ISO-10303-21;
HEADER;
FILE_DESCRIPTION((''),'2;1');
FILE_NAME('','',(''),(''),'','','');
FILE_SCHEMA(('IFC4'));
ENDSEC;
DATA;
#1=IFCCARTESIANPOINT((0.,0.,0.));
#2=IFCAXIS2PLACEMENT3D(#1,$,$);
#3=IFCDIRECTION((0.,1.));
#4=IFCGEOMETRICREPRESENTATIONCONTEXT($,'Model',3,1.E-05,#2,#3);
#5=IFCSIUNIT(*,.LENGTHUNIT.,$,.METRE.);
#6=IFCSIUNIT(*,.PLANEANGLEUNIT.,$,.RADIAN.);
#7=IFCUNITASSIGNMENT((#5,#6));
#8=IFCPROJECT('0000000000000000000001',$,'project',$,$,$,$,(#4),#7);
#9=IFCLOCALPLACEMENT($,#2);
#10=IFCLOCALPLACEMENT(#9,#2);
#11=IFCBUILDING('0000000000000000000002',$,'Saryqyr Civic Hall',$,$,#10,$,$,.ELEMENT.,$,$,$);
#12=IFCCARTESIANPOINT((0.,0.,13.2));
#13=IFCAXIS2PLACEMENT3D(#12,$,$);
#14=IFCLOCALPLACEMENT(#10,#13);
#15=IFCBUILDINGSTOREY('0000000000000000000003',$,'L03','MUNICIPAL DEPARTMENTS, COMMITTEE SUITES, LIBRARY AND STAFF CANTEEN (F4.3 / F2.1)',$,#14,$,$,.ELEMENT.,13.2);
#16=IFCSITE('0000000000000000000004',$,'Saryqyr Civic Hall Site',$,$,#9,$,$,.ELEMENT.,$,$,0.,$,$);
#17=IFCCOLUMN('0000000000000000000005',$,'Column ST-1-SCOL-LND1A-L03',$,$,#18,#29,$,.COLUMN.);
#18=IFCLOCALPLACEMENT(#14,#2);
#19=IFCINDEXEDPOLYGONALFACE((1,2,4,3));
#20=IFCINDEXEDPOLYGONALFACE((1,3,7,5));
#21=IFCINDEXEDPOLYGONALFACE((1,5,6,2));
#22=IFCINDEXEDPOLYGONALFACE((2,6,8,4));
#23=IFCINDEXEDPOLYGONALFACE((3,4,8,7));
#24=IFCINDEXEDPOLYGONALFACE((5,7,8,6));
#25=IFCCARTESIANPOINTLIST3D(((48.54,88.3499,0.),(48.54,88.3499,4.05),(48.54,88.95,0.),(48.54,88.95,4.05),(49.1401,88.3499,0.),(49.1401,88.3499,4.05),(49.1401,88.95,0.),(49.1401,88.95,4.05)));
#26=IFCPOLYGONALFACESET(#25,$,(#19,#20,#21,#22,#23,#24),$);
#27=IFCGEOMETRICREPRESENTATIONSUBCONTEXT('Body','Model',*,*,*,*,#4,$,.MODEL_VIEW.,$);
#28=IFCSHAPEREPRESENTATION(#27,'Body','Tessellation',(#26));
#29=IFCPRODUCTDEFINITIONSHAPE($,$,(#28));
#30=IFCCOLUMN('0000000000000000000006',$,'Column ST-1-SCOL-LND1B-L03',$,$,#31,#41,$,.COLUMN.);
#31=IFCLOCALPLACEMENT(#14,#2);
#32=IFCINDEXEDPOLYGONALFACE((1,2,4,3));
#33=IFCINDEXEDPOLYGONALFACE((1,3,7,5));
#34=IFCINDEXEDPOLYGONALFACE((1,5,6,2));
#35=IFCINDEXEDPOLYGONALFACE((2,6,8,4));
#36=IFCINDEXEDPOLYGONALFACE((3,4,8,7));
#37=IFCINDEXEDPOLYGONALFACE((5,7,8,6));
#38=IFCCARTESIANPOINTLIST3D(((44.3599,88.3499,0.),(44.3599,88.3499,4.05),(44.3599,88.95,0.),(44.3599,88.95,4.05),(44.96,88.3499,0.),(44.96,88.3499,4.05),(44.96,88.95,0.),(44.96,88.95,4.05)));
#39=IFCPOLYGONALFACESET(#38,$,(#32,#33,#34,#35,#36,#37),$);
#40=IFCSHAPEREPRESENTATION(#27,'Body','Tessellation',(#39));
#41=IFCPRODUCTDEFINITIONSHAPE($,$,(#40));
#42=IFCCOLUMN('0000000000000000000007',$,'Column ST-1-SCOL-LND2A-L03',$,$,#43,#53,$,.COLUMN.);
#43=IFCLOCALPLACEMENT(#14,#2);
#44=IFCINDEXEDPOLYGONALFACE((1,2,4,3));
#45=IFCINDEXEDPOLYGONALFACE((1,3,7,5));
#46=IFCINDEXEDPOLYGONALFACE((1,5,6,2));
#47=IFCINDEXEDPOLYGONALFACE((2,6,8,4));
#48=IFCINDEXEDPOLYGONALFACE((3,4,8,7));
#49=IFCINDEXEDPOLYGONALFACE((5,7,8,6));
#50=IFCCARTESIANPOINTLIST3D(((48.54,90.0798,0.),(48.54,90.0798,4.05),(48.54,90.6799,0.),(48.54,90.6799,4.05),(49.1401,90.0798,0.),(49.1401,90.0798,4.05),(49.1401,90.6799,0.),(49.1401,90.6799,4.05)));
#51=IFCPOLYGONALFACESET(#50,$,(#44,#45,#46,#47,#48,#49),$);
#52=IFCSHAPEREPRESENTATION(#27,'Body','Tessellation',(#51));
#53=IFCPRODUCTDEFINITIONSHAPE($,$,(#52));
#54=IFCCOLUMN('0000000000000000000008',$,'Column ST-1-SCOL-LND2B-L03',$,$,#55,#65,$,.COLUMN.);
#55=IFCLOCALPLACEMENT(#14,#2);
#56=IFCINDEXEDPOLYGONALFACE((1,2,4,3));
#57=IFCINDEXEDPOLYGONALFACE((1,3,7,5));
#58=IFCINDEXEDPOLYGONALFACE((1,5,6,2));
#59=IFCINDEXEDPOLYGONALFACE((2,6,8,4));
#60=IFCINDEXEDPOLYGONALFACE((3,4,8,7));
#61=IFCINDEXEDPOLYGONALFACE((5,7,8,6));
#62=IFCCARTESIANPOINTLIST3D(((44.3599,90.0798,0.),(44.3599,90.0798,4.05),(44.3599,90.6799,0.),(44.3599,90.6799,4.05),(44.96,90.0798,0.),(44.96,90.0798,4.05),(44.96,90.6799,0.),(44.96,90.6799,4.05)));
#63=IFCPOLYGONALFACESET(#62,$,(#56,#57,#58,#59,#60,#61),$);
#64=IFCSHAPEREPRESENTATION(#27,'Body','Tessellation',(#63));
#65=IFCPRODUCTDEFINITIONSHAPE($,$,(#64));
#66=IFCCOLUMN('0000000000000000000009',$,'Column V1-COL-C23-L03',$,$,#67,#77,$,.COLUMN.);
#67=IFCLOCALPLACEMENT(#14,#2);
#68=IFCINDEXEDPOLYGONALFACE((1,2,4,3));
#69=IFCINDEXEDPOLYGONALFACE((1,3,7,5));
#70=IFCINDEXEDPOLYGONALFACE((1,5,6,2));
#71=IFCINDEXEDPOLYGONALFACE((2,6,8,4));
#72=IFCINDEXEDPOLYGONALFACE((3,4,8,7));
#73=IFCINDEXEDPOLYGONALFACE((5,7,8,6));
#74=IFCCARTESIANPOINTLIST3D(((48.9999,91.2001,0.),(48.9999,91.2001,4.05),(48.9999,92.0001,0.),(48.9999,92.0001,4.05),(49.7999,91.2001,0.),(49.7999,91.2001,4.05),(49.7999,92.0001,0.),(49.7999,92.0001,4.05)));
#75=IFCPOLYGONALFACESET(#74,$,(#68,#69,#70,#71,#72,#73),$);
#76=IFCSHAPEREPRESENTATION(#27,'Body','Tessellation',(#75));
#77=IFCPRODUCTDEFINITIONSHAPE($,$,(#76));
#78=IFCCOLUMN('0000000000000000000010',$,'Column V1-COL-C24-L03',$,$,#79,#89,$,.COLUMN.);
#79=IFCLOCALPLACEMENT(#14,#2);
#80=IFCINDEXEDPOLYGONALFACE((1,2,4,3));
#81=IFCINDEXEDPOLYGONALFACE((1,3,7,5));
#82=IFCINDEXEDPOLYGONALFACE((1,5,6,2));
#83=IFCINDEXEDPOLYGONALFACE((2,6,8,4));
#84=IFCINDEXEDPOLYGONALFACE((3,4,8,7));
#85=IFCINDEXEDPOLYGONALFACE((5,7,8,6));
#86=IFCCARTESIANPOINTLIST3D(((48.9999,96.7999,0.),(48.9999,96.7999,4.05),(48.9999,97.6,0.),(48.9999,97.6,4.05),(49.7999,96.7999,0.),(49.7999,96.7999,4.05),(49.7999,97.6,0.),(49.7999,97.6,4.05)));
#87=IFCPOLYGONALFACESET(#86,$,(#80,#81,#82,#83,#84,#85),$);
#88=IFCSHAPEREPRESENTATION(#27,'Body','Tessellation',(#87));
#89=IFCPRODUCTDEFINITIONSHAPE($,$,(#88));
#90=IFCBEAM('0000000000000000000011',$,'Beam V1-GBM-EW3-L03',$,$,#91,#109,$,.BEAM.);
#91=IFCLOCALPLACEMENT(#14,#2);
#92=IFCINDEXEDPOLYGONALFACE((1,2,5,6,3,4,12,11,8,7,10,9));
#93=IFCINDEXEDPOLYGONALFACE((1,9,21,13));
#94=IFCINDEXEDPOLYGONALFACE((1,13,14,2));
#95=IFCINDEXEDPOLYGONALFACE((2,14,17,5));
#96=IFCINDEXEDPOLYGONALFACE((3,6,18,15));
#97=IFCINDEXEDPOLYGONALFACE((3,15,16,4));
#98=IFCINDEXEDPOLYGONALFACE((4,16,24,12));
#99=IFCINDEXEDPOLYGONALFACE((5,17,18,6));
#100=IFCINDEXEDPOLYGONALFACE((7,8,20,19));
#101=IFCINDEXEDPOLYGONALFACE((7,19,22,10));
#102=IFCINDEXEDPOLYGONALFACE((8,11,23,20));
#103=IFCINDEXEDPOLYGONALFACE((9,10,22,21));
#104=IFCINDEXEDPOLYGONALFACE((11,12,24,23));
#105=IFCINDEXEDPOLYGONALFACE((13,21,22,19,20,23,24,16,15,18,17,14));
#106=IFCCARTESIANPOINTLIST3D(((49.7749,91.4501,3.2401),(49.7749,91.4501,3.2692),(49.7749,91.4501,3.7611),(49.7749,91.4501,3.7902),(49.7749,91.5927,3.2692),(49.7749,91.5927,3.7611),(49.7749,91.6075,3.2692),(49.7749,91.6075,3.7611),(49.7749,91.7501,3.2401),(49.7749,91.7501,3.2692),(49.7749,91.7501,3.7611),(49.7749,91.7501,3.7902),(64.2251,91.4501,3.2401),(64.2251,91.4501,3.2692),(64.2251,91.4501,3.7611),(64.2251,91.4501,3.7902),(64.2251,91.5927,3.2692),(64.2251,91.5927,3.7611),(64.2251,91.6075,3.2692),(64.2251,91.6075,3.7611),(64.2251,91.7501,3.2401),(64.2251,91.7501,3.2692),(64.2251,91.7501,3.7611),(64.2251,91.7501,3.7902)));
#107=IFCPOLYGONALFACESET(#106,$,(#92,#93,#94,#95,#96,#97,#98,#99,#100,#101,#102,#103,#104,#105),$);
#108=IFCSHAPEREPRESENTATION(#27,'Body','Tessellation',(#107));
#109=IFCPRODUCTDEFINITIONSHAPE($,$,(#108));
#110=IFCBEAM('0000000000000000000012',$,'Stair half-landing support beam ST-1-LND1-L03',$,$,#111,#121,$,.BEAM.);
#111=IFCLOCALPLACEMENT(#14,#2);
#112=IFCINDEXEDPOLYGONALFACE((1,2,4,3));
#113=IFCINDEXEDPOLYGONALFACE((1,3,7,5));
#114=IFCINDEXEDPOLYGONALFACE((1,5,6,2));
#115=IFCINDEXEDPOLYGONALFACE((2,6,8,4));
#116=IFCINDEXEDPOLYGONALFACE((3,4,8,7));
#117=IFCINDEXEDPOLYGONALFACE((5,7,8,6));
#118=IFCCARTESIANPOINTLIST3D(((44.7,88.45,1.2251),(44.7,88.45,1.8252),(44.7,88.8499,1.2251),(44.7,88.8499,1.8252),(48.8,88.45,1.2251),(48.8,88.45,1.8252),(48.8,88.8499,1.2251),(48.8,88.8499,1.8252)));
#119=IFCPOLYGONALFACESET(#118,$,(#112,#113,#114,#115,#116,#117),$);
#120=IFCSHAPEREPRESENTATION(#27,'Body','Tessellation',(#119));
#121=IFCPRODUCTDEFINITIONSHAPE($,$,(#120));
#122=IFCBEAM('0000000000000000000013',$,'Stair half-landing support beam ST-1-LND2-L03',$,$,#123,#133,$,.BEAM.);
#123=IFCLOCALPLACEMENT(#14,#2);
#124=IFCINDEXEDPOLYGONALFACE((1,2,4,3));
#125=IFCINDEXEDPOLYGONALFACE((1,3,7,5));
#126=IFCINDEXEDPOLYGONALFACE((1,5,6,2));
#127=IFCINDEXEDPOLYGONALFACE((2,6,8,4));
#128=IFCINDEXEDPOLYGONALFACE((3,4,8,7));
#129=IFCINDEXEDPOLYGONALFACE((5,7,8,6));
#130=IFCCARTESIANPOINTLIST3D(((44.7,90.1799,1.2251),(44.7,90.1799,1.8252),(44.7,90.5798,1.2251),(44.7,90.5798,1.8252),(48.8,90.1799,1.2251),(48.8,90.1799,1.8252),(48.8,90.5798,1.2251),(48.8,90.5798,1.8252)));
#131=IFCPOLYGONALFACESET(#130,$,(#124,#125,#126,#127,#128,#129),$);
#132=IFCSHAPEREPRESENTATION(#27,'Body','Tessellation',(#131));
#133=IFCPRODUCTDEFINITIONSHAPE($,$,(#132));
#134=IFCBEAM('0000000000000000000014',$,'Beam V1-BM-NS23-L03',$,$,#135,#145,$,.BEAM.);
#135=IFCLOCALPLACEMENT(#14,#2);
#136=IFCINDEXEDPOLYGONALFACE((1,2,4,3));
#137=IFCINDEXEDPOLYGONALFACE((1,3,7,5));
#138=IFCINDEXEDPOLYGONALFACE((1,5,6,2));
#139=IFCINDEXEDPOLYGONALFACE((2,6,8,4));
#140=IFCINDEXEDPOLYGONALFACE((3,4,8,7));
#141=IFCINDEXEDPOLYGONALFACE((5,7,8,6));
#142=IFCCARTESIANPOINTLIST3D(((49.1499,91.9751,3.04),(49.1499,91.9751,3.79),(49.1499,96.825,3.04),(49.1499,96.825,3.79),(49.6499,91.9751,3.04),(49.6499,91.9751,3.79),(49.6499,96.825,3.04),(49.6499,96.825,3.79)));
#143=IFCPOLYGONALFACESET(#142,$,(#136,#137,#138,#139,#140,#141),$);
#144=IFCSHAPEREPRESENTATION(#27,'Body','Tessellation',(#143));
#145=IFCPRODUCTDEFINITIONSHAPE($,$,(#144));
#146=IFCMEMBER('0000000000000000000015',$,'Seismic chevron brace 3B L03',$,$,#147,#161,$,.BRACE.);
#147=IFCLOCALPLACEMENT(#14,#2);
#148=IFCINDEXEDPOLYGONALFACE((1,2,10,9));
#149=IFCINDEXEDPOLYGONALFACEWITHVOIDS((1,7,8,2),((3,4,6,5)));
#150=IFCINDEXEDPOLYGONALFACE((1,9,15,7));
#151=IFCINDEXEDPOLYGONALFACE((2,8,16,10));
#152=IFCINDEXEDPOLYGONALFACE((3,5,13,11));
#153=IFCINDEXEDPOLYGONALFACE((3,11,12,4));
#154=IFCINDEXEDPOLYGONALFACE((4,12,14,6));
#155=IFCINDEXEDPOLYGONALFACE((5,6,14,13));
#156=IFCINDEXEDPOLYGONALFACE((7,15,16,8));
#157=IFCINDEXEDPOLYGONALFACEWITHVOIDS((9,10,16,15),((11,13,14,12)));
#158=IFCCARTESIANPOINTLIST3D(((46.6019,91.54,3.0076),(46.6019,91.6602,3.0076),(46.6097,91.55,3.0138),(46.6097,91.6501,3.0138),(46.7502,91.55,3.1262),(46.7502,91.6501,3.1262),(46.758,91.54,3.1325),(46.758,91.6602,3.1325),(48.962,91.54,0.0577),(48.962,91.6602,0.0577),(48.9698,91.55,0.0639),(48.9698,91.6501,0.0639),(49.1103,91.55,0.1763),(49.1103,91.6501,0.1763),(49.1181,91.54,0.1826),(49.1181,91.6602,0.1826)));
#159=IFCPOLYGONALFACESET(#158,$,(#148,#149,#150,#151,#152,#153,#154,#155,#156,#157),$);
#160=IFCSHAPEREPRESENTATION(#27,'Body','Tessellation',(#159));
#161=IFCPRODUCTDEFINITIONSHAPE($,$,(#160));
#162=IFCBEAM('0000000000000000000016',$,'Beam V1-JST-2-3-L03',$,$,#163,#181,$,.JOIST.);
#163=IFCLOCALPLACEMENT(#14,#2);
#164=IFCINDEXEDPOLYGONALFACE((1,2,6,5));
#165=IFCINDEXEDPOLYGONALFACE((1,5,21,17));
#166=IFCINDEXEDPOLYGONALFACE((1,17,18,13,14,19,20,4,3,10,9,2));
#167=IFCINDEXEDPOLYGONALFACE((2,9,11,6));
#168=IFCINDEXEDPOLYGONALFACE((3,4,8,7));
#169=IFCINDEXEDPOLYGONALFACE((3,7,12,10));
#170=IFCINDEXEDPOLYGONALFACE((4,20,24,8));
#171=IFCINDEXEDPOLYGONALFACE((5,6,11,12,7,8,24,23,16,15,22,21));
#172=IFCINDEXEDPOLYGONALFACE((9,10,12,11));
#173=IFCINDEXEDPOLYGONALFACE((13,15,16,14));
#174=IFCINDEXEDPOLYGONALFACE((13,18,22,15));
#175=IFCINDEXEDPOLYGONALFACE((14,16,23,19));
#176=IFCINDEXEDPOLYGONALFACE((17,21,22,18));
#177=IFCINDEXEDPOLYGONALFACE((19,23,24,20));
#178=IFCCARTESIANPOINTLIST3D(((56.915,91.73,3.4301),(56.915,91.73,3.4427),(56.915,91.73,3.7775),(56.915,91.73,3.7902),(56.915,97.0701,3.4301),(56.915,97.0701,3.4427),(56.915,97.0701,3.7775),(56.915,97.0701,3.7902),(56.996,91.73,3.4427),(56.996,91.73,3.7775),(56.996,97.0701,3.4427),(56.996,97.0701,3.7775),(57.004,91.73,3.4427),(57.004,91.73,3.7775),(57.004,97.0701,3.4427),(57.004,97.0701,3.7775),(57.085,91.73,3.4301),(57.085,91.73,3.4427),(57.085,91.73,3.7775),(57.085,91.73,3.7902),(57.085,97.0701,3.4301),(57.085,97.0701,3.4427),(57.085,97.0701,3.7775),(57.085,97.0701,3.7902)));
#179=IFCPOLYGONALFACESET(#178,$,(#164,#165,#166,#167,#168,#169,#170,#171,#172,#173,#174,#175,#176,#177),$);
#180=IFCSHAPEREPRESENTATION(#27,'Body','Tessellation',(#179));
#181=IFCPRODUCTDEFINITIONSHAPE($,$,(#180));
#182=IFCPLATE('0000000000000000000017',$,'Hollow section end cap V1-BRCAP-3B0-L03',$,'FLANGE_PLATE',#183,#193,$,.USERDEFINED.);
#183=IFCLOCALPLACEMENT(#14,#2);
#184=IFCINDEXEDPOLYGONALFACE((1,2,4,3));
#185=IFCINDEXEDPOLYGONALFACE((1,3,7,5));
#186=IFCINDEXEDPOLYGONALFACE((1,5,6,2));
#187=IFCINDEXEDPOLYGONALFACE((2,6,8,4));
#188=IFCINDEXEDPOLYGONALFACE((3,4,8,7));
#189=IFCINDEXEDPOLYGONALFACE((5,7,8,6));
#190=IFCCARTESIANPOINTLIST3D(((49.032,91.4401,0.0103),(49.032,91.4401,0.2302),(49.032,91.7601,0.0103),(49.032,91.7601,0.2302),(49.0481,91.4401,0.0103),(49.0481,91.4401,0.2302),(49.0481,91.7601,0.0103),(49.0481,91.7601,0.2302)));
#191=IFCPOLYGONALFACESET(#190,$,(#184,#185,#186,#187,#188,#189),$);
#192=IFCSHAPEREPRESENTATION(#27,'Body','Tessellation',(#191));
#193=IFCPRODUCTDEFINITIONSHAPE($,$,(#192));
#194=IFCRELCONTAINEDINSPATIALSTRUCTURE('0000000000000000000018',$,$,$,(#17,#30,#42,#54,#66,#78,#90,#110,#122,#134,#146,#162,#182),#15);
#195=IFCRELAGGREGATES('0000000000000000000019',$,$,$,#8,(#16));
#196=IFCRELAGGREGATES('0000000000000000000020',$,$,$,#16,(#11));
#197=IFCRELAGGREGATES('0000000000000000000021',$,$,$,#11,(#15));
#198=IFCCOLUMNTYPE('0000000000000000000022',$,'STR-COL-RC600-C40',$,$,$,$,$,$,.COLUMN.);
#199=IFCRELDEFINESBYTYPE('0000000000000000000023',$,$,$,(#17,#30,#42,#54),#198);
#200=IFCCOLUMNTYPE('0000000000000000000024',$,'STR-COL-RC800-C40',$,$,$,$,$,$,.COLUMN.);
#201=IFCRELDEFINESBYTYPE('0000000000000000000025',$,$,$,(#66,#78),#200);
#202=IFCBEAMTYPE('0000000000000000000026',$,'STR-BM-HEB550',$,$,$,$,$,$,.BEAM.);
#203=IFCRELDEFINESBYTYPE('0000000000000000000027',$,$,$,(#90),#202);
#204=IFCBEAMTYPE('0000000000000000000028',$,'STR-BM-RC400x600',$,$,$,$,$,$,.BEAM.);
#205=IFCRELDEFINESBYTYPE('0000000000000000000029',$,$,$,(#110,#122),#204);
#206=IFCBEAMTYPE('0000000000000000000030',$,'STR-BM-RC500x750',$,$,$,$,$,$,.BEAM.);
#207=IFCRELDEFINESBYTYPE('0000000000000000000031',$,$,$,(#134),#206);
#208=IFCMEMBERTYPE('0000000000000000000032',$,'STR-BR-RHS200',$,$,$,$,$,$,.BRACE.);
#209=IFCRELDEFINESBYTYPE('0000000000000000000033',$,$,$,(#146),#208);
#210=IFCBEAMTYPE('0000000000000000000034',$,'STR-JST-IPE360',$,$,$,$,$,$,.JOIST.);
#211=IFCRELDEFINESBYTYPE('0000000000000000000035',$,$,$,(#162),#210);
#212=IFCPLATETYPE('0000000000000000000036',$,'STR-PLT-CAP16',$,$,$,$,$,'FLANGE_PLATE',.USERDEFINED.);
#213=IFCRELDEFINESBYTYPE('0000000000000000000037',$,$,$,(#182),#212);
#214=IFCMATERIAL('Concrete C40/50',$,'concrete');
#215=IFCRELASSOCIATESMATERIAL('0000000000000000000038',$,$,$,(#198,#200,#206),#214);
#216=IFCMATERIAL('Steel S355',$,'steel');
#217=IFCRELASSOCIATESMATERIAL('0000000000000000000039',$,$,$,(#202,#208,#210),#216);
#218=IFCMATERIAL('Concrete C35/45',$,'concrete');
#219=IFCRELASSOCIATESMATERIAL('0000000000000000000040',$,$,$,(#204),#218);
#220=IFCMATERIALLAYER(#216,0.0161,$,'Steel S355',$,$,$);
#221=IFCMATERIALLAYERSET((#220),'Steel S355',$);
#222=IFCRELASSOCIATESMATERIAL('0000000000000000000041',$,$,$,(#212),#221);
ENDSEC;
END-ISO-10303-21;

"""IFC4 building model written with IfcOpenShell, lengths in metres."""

from ifc_helpers import new_model, si_unit, direction, frame, origin, origin_2d, place, context, subcontext, project, spatial, rectangle, hollow_rectangle, i_section, extrude, material, layer, layer_set, material_profile, profile_set, type_object, element, save


model = new_model("IFC4")

# Units and contexts
model_context = context("Model", 3, precision=1e-05, world=origin(), true_north=direction((0.0, 1.0)))
body_context = subcontext(model_context, "Body", "Model", "MODEL_VIEW")
ifc_project = project(units=[si_unit("LENGTHUNIT", "METRE"), si_unit("PLANEANGLEUNIT", "RADIAN")], contexts=[model_context])

# Site, building, storey
site_placement = place(None, origin())
site = spatial("IfcSite", under=ifc_project, at=site_placement, Name="Saryqyr Civic Hall Site", CompositionType="ELEMENT", RefElevation=0.0)
building_placement = place(site_placement, origin())
building = spatial("IfcBuilding", under=site, at=building_placement, Name="Saryqyr Civic Hall", CompositionType="ELEMENT")
storey_placement = place(building_placement, frame((0.0, 0.0, 13.2)))
storey = spatial("IfcBuildingStorey", under=building, at=storey_placement, Name="L03", Description="MUNICIPAL DEPARTMENTS, COMMITTEE SUITES, LIBRARY AND STAFF CANTEEN (F4.3 / F2.1)", CompositionType="ELEMENT", Elevation=13.2)

# Columns
ifc_material_1 = material(Name="Concrete C40/50", Category="concrete")
ifc_material_profile_1 = material_profile(ifc_material_1, rectangle(XDim=0.6001, YDim=0.6001, at=origin_2d()), Name="RC 600x600")
ifc_profile_set_1 = profile_set([ifc_material_profile_1], Name="Concrete C40/50")
column_type_1 = type_object("IfcColumnType", Name="STR-COL-RC600-C40", PredefinedType="COLUMN", material=ifc_profile_set_1)
for number, where, z_axis, x_axis, name in (
    (1, (48.8401, 88.6499, 0.0), (0.0, 0.0, 1.0), (1.0, 0.0, 0.0), "Column ST-1-SCOL-LND1A-L03"),
    (2, (44.6599, 88.6499, 0.0), (0.0, 0.0, 1.0), (1.0, 0.0, 0.0), "Column ST-1-SCOL-LND1B-L03"),
    (3, (48.8401, 90.3799, 0.0), (0.0, 0.0, 1.0), (1.0, 0.0, 0.0), "Column ST-1-SCOL-LND2A-L03"),
    (4, (44.6599, 90.3799, 0.0), (0.0, 0.0, 1.0), (1.0, 0.0, 0.0), "Column ST-1-SCOL-LND2B-L03"),
):
    element("IfcColumn", number, at=place(storey_placement, frame(where, z_axis=z_axis, x_axis=x_axis)), inside=storey, type_object=column_type_1, Name=name, PredefinedType="COLUMN", context=body_context, shape_type="SweptSolid", body=[
        extrude(rectangle(XDim=0.6001, YDim=0.6001, at=origin_2d()), origin(), (0.0, 0.0, 1.0), 4.05),
    ])
ifc_material_profile_2 = material_profile(ifc_material_1, rectangle(XDim=0.8, YDim=0.8, at=origin_2d()), Name="RC 800x800")
ifc_profile_set_2 = profile_set([ifc_material_profile_2], Name="Concrete C40/50")
column_type_2 = type_object("IfcColumnType", Name="STR-COL-RC800-C40", PredefinedType="COLUMN", material=ifc_profile_set_2)
for number, where, z_axis, x_axis, name in (
    (5, (49.3999, 91.6001, 0.0), (0.0, 0.0, 1.0), (1.0, 0.0, 0.0), "Column V1-COL-C23-L03"),
    (6, (49.3999, 97.2, 0.0), (0.0, 0.0, 1.0), (1.0, 0.0, 0.0), "Column V1-COL-C24-L03"),
):
    element("IfcColumn", number, at=place(storey_placement, frame(where, z_axis=z_axis, x_axis=x_axis)), inside=storey, type_object=column_type_2, Name=name, PredefinedType="COLUMN", context=body_context, shape_type="SweptSolid", body=[
        extrude(rectangle(XDim=0.8, YDim=0.8, at=origin_2d()), origin(), (0.0, 0.0, 1.0), 4.05),
    ])

# Beams
ifc_material_2 = material(Name="Steel S355", Category="steel")
ifc_material_profile_3 = material_profile(ifc_material_2, i_section(OverallWidth=0.3, OverallDepth=0.55, WebThickness=0.0149, FlangeThickness=0.0291, at=origin_2d()), Name="HEB 550")
ifc_profile_set_3 = profile_set([ifc_material_profile_3], Name="Steel S355")
beam_type_1 = type_object("IfcBeamType", Name="STR-BM-HEB550", PredefinedType="BEAM", material=ifc_profile_set_3)
beam_1_placement = place(storey_placement, frame((49.7749, 91.6001, 3.5151), z_axis=(1.0, 0.0, 0.0), x_axis=(0.0, 1.0, 0.0)))
element("IfcBeam", 7, at=beam_1_placement, inside=storey, type_object=beam_type_1, Name="Beam V1-GBM-EW3-L03", PredefinedType="BEAM", context=body_context, shape_type="SweptSolid", body=[
    extrude(i_section(OverallWidth=0.3, OverallDepth=0.55, WebThickness=0.0149, FlangeThickness=0.0291, at=origin_2d()), origin(), (0.0, 0.0, 1.0), 14.4502),
])
ifc_material_3 = material(Name="Concrete C35/45", Category="concrete")
ifc_material_profile_4 = material_profile(ifc_material_3, rectangle(XDim=0.3999, YDim=0.6001, at=origin_2d()), Name="RC 400x600")
ifc_profile_set_4 = profile_set([ifc_material_profile_4], Name="Concrete C35/45")
beam_type_2 = type_object("IfcBeamType", Name="STR-BM-RC400x600", PredefinedType="BEAM", material=ifc_profile_set_4)
for number, where, z_axis, x_axis, name in (
    (8, (48.8, 88.6499, 1.5251), (-1.0, 0.0, 0.0), (0.0, -1.0, 0.0), "Stair half-landing support beam ST-1-LND1-L03"),
    (9, (48.8, 90.3799, 1.5251), (-1.0, 0.0, 0.0), (0.0, -1.0, 0.0), "Stair half-landing support beam ST-1-LND2-L03"),
):
    element("IfcBeam", number, at=place(storey_placement, frame(where, z_axis=z_axis, x_axis=x_axis)), inside=storey, type_object=beam_type_2, Name=name, PredefinedType="BEAM", context=body_context, shape_type="SweptSolid", body=[
        extrude(rectangle(XDim=0.3999, YDim=0.6001, at=origin_2d()), origin(), (0.0, 0.0, 1.0), 4.1001),
    ])
ifc_material_profile_5 = material_profile(ifc_material_1, rectangle(XDim=0.5, YDim=0.75, at=origin_2d()), Name="RC 500x750")
ifc_profile_set_5 = profile_set([ifc_material_profile_5], Name="Concrete C40/50")
beam_type_3 = type_object("IfcBeamType", Name="STR-BM-RC500x750", PredefinedType="BEAM", material=ifc_profile_set_5)
beam_2_placement = place(storey_placement, frame((49.3999, 91.9751, 3.415), z_axis=(0.0, 1.0, 0.0), x_axis=(-1.0, 0.0, 0.0)))
element("IfcBeam", 10, at=beam_2_placement, inside=storey, type_object=beam_type_3, Name="Beam V1-BM-NS23-L03", PredefinedType="BEAM", context=body_context, shape_type="SweptSolid", body=[
    extrude(rectangle(XDim=0.5, YDim=0.75, at=origin_2d()), origin(), (0.0, 0.0, 1.0), 4.8499),
])

# Member
ifc_material_profile_6 = material_profile(ifc_material_2, hollow_rectangle(XDim=0.1201, YDim=0.2, WallThickness=0.01, at=origin_2d()), Name="RHS 200x120x10")
ifc_profile_set_6 = profile_set([ifc_material_profile_6], Name="Steel S355")
member_type = type_object("IfcMemberType", Name="STR-BR-RHS200", PredefinedType="BRACE", material=ifc_profile_set_6)
member_placement = place(storey_placement, frame((49.04, 91.6001, 0.1201), z_axis=(-0.624719, 0.0, 0.78085), x_axis=(0.0, -1.0, 0.0)))
element("IfcMember", 11, at=member_placement, inside=storey, type_object=member_type, Name="Seismic chevron brace 3B L03", PredefinedType="BRACE", context=body_context, shape_type="SweptSolid", body=[
    extrude(hollow_rectangle(XDim=0.1201, YDim=0.2, WallThickness=0.01, at=origin_2d()), origin(), (0.0, 0.0, 1.0), 3.7778),
])

# Beam
ifc_material_profile_7 = material_profile(ifc_material_2, i_section(OverallWidth=0.1699, OverallDepth=0.3601, WebThickness=0.0081, FlangeThickness=0.0127, at=origin_2d()), Name="IPE 360")
ifc_profile_set_7 = profile_set([ifc_material_profile_7], Name="Steel S355")
beam_type_4 = type_object("IfcBeamType", Name="STR-JST-IPE360", PredefinedType="JOIST", material=ifc_profile_set_7)
beam_3_placement = place(storey_placement, frame((57.0, 91.73, 3.6101), z_axis=(0.0, 1.0, 0.0), x_axis=(-1.0, 0.0, 0.0)))
element("IfcBeam", 12, at=beam_3_placement, inside=storey, type_object=beam_type_4, Name="Beam V1-JST-2-3-L03", PredefinedType="JOIST", context=body_context, shape_type="SweptSolid", body=[
    extrude(i_section(OverallWidth=0.1699, OverallDepth=0.3601, WebThickness=0.0081, FlangeThickness=0.0127, at=origin_2d()), origin(), (0.0, 0.0, 1.0), 5.3401),
])

# Plate
ifc_layer_1 = layer(ifc_material_2, 0.0161, Name="Steel S355")
ifc_layer_set_1 = layer_set([ifc_layer_1], Name="Steel S355")
plate_type_1 = type_object("IfcPlateType", Name="STR-PLT-CAP16", ElementType="FLANGE_PLATE", PredefinedType="USERDEFINED", material=ifc_layer_set_1)
plate_1_placement = place(storey_placement, frame((49.04, 91.6001, 0.0103), z_axis=(0.0, 0.0, 1.0), x_axis=(1.0, 0.0, 0.0)))
element("IfcPlate", 13, at=plate_1_placement, inside=storey, type_object=plate_type_1, Name="Hollow section end cap V1-BRCAP-3B0-L03", ObjectType="FLANGE_PLATE", PredefinedType="USERDEFINED", context=body_context, shape_type="SweptSolid", body=[
    extrude(rectangle(XDim=0.0161, YDim=0.3201, at=origin_2d()), origin(), (0.0, 0.0, 1.0), 0.22),
])

save(model, "model.ifc")
